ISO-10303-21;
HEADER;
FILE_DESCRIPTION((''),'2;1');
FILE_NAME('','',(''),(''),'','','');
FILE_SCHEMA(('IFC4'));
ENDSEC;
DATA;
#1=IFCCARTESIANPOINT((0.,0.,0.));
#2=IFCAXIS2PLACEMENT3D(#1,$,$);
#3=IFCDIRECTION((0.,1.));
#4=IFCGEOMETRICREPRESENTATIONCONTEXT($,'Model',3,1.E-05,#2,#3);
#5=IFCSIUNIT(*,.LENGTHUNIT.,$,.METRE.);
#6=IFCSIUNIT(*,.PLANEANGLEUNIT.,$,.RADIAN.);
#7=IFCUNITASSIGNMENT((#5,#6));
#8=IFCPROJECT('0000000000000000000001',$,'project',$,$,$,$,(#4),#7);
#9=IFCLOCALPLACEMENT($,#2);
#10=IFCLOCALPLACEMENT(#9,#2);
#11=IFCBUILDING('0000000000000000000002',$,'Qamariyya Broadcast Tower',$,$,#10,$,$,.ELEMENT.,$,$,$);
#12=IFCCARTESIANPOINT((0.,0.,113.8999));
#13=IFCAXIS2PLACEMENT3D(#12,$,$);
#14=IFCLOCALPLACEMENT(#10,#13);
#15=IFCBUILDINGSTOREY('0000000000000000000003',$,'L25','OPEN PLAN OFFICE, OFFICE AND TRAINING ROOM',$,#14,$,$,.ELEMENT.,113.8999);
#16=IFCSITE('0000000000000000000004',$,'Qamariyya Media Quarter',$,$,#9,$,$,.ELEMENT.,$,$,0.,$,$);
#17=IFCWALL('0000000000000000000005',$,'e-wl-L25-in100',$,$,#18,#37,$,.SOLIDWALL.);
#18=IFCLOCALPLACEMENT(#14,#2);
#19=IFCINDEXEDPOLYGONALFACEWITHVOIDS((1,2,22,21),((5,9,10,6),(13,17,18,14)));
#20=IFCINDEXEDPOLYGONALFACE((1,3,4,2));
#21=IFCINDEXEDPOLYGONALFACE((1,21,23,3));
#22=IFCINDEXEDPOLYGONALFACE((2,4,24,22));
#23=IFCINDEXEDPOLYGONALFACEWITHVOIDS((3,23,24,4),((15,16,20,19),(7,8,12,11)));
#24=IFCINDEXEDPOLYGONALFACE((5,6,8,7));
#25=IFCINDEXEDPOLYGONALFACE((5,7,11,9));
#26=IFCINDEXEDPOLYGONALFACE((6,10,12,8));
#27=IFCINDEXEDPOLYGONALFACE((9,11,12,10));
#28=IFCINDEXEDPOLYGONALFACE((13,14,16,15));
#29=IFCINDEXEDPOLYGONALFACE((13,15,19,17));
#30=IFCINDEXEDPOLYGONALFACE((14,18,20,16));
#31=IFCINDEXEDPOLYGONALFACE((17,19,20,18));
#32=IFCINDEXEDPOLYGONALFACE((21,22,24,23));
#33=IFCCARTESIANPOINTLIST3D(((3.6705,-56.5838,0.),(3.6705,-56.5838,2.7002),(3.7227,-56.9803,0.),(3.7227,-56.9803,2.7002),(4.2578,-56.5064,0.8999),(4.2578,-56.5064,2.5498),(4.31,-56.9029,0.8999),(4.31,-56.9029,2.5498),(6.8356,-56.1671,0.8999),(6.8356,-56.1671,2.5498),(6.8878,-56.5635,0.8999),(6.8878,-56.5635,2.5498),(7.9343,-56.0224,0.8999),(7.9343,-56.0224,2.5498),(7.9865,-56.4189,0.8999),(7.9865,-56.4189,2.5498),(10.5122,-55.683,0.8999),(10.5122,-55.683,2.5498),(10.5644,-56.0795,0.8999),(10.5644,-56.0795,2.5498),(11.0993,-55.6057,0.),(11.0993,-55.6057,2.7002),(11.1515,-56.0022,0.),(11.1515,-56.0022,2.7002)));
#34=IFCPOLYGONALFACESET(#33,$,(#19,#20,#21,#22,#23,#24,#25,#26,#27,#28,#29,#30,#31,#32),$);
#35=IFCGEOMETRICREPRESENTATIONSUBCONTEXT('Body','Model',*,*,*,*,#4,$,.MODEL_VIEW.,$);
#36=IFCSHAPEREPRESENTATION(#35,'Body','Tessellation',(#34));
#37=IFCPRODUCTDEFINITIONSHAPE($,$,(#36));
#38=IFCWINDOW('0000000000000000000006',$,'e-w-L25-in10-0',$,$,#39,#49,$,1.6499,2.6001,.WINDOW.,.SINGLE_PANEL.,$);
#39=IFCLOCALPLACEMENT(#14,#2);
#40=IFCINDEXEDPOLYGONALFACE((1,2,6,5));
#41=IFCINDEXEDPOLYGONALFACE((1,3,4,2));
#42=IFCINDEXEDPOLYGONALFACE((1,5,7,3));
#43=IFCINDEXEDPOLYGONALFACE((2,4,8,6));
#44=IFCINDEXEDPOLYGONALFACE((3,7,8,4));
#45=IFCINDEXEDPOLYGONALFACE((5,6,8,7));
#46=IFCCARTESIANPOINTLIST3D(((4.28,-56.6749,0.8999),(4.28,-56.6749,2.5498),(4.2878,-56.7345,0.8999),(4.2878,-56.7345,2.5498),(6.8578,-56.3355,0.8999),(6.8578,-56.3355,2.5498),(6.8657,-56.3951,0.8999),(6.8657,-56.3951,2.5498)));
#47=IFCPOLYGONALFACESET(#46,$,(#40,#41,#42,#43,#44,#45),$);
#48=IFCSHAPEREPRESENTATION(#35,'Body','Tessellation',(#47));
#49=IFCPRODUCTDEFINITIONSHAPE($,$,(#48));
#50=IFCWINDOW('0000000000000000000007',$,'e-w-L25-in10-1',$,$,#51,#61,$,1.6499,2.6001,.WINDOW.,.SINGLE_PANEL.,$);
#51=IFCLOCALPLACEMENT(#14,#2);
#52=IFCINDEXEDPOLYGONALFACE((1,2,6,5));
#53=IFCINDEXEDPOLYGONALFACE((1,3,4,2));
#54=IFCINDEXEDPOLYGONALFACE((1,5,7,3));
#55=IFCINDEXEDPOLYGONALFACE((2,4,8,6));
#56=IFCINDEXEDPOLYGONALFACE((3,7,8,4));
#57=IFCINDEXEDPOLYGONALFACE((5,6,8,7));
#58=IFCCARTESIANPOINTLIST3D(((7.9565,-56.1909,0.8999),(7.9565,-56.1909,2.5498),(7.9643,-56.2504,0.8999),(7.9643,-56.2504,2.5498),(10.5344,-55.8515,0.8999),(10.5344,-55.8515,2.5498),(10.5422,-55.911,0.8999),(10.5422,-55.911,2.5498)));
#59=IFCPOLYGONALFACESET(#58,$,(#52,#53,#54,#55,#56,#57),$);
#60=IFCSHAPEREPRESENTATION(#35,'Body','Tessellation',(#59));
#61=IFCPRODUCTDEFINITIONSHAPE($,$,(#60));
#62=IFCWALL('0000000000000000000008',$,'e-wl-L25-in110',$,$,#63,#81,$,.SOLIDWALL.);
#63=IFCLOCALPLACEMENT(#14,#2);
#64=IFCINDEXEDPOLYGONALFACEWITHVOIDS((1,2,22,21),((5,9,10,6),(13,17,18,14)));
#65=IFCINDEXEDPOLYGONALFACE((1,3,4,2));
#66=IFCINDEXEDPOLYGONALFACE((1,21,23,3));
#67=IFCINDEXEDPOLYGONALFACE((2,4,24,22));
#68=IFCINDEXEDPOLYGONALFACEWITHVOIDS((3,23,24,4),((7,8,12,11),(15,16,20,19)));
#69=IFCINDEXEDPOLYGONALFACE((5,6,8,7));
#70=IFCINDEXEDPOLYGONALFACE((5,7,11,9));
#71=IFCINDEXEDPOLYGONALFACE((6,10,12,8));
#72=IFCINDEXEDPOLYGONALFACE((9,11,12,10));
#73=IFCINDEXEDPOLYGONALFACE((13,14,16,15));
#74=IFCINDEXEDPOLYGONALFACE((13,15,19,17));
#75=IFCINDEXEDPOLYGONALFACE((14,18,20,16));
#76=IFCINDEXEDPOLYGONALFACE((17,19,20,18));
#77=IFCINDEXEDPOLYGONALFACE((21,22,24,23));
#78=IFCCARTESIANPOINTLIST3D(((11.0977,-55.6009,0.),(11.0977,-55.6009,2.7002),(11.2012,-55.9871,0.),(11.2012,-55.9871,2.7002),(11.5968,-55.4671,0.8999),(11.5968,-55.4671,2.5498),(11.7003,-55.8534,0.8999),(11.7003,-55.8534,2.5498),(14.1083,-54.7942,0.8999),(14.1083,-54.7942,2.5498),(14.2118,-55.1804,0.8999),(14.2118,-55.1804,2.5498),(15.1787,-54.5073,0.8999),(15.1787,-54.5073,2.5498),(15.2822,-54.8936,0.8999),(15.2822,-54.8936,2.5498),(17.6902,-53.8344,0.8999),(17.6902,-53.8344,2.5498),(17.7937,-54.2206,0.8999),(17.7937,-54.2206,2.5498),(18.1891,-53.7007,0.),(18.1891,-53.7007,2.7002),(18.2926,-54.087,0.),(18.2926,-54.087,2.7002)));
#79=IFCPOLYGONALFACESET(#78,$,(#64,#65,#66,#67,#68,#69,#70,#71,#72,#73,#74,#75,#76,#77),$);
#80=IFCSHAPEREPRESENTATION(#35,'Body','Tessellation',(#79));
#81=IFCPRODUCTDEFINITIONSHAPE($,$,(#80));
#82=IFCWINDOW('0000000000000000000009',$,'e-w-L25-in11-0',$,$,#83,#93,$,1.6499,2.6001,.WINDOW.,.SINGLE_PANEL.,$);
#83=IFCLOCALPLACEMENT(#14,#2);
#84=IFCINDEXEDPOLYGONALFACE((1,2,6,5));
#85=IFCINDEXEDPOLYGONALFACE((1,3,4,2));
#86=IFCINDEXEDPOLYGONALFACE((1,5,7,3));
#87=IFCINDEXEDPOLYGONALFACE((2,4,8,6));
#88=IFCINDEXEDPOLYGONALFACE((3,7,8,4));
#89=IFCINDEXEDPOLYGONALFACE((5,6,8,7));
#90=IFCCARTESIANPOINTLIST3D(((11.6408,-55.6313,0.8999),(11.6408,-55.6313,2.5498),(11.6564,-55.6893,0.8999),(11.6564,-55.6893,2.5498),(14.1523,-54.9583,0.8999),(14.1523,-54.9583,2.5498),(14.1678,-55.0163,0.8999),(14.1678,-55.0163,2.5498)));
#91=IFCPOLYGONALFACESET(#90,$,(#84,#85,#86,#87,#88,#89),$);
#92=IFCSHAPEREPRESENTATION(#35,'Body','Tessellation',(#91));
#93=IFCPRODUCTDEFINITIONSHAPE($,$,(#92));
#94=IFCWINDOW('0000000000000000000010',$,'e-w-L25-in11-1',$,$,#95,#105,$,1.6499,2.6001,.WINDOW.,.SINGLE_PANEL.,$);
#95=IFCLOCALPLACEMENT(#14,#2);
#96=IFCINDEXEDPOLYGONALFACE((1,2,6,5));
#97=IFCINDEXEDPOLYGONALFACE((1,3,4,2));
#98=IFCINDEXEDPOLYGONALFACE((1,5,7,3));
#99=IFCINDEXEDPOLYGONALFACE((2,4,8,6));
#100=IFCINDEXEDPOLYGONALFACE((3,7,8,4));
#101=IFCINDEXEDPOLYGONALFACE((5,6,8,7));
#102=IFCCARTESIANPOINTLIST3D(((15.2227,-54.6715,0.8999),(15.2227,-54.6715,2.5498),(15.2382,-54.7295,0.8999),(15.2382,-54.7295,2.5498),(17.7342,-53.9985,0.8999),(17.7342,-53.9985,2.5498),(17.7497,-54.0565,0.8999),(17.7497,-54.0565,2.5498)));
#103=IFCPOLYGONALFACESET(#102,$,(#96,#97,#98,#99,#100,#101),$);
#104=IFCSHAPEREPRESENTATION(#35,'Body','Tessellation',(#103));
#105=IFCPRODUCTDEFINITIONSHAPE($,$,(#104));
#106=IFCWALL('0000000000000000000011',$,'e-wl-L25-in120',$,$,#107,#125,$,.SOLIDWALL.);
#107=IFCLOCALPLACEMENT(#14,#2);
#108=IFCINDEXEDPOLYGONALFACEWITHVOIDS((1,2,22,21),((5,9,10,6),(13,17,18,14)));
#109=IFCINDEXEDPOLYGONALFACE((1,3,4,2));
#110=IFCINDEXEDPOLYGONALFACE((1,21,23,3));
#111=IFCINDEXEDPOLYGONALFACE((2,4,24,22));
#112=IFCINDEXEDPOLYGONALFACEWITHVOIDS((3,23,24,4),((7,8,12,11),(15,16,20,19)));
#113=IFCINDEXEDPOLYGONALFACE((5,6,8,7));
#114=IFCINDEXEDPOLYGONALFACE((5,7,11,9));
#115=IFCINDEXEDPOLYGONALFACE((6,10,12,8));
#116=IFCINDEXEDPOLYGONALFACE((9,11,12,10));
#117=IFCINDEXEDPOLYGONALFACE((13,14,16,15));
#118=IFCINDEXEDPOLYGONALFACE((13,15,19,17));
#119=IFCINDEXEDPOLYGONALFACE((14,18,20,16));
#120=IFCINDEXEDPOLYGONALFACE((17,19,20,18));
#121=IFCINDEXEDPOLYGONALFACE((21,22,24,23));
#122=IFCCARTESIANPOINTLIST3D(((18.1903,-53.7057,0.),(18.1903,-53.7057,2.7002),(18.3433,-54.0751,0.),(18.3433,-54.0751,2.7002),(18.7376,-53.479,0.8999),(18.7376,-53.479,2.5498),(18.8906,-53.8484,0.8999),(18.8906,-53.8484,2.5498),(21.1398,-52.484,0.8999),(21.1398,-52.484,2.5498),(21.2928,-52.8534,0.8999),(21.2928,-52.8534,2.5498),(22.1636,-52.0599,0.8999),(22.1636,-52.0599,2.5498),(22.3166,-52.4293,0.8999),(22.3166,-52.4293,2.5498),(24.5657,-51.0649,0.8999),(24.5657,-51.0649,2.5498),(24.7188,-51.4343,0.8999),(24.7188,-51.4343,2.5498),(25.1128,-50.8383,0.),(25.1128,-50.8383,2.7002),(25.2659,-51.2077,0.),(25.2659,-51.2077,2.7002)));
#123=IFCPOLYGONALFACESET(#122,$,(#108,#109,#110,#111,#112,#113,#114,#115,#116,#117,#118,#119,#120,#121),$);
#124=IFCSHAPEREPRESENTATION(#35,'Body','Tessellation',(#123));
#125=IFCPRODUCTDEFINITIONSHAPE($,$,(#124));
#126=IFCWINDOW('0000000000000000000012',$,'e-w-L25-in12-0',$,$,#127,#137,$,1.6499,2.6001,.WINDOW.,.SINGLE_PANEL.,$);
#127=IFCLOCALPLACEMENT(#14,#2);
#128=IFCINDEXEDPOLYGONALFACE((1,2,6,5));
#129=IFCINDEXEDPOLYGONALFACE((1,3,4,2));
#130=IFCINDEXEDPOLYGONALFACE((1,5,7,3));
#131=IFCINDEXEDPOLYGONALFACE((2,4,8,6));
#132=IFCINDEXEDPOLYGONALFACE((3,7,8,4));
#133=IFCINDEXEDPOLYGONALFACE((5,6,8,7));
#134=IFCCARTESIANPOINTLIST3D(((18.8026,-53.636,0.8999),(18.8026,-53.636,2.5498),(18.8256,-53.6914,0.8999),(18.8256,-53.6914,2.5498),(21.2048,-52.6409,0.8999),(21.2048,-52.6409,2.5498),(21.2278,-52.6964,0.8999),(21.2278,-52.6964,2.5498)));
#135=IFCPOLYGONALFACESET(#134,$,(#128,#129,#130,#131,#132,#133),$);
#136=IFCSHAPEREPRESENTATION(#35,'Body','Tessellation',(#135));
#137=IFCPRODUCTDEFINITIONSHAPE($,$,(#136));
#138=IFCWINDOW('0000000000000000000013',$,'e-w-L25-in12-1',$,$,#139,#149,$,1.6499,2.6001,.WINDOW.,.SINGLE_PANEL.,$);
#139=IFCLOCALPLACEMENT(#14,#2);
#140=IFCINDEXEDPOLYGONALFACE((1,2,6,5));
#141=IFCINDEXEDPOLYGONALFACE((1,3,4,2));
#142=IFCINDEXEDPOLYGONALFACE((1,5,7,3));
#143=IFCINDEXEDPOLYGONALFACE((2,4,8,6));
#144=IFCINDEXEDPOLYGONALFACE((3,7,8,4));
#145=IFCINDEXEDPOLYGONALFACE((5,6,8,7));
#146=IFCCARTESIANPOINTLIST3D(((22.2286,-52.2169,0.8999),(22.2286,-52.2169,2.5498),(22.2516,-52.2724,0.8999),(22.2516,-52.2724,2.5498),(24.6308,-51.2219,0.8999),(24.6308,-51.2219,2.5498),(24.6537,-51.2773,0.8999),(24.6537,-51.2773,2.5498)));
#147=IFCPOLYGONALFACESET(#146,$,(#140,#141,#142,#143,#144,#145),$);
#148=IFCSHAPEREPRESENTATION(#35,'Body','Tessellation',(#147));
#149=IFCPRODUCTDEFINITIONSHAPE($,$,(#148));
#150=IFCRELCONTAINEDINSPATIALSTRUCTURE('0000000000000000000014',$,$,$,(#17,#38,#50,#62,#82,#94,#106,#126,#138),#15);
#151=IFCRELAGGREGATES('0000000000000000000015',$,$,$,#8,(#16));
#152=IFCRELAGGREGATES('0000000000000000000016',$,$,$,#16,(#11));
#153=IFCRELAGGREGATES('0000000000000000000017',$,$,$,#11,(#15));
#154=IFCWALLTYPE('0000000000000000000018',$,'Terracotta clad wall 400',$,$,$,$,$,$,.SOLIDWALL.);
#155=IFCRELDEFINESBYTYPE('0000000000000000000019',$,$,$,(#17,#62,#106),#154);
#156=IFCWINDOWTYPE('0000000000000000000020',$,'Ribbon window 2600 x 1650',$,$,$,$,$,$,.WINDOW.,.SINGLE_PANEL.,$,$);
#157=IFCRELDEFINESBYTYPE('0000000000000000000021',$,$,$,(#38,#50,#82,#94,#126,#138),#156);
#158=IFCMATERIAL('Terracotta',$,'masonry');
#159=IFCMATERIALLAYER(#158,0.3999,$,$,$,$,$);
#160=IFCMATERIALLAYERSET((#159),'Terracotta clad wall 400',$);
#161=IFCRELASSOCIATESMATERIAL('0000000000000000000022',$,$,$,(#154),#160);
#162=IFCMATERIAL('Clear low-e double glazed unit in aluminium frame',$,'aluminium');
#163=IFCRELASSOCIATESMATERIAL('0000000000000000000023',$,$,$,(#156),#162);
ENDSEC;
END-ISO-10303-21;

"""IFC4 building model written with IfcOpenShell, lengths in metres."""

from ifc_helpers import new_model, si_unit, direction, frame, frame_2d, origin, place, context, subcontext, project, spatial, rectangle, extrude, material, layer, layer_set, type_object, element, fill, save


model = new_model("IFC4")

# Units and contexts
model_context = context("Model", 3, precision=1e-05, world=origin(), true_north=direction((0.0, 1.0)))
body_context = subcontext(model_context, "Body", "Model", "MODEL_VIEW")
ifc_project = project(units=[si_unit("LENGTHUNIT", "METRE"), si_unit("PLANEANGLEUNIT", "RADIAN")], contexts=[model_context])

# Site, building, storey
site_placement = place(None, origin())
site = spatial("IfcSite", under=ifc_project, at=site_placement, Name="Qamariyya Media Quarter", CompositionType="ELEMENT", RefElevation=0.0)
building_placement = place(site_placement, origin())
building = spatial("IfcBuilding", under=site, at=building_placement, Name="Qamariyya Broadcast Tower", CompositionType="ELEMENT")
storey_placement = place(building_placement, frame((0.0, 0.0, 113.8999)))
storey = spatial("IfcBuildingStorey", under=building, at=storey_placement, Name="L25", Description="OPEN PLAN OFFICE, OFFICE AND TRAINING ROOM", CompositionType="ELEMENT", Elevation=113.8999)

# Walls, openings, windows
ifc_material_1 = material(Name="Terracotta", Category="masonry")
ifc_layer_1 = layer(ifc_material_1, 0.3999)
ifc_layer_set_1 = layer_set([ifc_layer_1], Name="Terracotta clad wall 400")
wall_type_1 = type_object("IfcWallType", Name="Terracotta clad wall 400", PredefinedType="SOLIDWALL", material=ifc_layer_set_1)
wall_1_placement = place(storey_placement, frame((11.1255, -55.804, 0.0), z_axis=(0.0, 0.0, 1.0), x_axis=(-0.991445, -0.130529, 0.0)))
wall_1 = element("IfcWall", 1, at=wall_1_placement, inside=storey, type_object=wall_type_1, Name="e-wl-L25-in100", PredefinedType="SOLIDWALL", context=body_context, shape_type="SweptSolid", body=[
    extrude(rectangle(XDim=7.4929, YDim=0.3999, at=frame_2d((3.7466, 0.0))), origin(), (0.0, 0.0, 1.0), 2.7002),
])
opening_1_placement = place(wall_1_placement, frame((4.3005, 0.0, 0.8999)))
opening_1 = element("IfcOpeningElement", 2, at=opening_1_placement, cuts=wall_1, PredefinedType="OPENING", context=body_context, shape_type="SweptSolid", body=[
    extrude(rectangle(XDim=2.6001, YDim=1.6499, at=frame_2d((1.3, 0.825))), frame((0.0, 0.21, 0.0), z_axis=(0.0, -1.0, 0.0), x_axis=(1.0, 0.0, 0.0)), (0.0, 0.0, 1.0), 0.4199),
])
opening_2_placement = place(wall_1_placement, frame((0.5923, 0.0, 0.8999)))
opening_2 = element("IfcOpeningElement", 3, at=opening_2_placement, cuts=wall_1, PredefinedType="OPENING", context=body_context, shape_type="SweptSolid", body=[
    extrude(rectangle(XDim=2.6001, YDim=1.6499, at=frame_2d((1.3, 0.825))), frame((0.0, 0.21, 0.0), z_axis=(0.0, -1.0, 0.0), x_axis=(1.0, 0.0, 0.0)), (0.0, 0.0, 1.0), 0.4199),
])
ifc_material_2 = material(Name="Clear low-e double glazed unit in aluminium frame", Category="aluminium")
window_type = type_object("IfcWindowType", Name="Ribbon window 2600 x 1650", PartitioningType="SINGLE_PANEL", PredefinedType="WINDOW", material=ifc_material_2)
window_1_placement = place(opening_1_placement, origin())
window_1 = element("IfcWindow", 4, at=window_1_placement, inside=storey, type_object=window_type, Name="e-w-L25-in10-0", OverallHeight=1.6499, OverallWidth=2.6001, PartitioningType="SINGLE_PANEL", PredefinedType="WINDOW", context=body_context, shape_type="SweptSolid", body=[
    extrude(rectangle(XDim=2.6001, YDim=1.6499, at=frame_2d((1.3, 0.825))), frame((0.0, 0.03, 0.0), z_axis=(0.0, -1.0, 0.0), x_axis=(1.0, 0.0, 0.0)), (0.0, 0.0, 1.0), 0.0601),
])
fill(opening_1, window_1)
window_2_placement = place(opening_2_placement, origin())
window_2 = element("IfcWindow", 5, at=window_2_placement, inside=storey, type_object=window_type, Name="e-w-L25-in10-1", OverallHeight=1.6499, OverallWidth=2.6001, PartitioningType="SINGLE_PANEL", PredefinedType="WINDOW", context=body_context, shape_type="SweptSolid", body=[
    extrude(rectangle(XDim=2.6001, YDim=1.6499, at=frame_2d((1.3, 0.825))), frame((0.0, 0.03, 0.0), z_axis=(0.0, -1.0, 0.0), x_axis=(1.0, 0.0, 0.0)), (0.0, 0.0, 1.0), 0.0601),
])
fill(opening_2, window_2)
wall_2_placement = place(storey_placement, frame((18.241, -53.8938, 0.0), z_axis=(0.0, 0.0, 1.0), x_axis=(-0.965925, -0.258824, 0.0)))
wall_2 = element("IfcWall", 6, at=wall_2_placement, inside=storey, type_object=wall_type_1, Name="e-wl-L25-in110", PredefinedType="SOLIDWALL", context=body_context, shape_type="SweptSolid", body=[
    extrude(rectangle(XDim=7.3416, YDim=0.3999, at=frame_2d((3.6709, 0.0))), origin(), (0.0, 0.0, 1.0), 2.7002),
])
opening_3_placement = place(wall_2_placement, frame((4.2249, 0.0, 0.8999)))
opening_3 = element("IfcOpeningElement", 7, at=opening_3_placement, cuts=wall_2, PredefinedType="OPENING", context=body_context, shape_type="SweptSolid", body=[
    extrude(rectangle(XDim=2.6001, YDim=1.6499, at=frame_2d((1.3, 0.825))), frame((0.0, 0.21, 0.0), z_axis=(0.0, -1.0, 0.0), x_axis=(1.0, 0.0, 0.0)), (0.0, 0.0, 1.0), 0.4199),
])
opening_4_placement = place(wall_2_placement, frame((0.5166, 0.0, 0.8999)))
opening_4 = element("IfcOpeningElement", 8, at=opening_4_placement, cuts=wall_2, PredefinedType="OPENING", context=body_context, shape_type="SweptSolid", body=[
    extrude(rectangle(XDim=2.6001, YDim=1.6499, at=frame_2d((1.3, 0.825))), frame((0.0, 0.21, 0.0), z_axis=(0.0, -1.0, 0.0), x_axis=(1.0, 0.0, 0.0)), (0.0, 0.0, 1.0), 0.4199),
])
window_3_placement = place(opening_3_placement, origin())
window_3 = element("IfcWindow", 9, at=window_3_placement, inside=storey, type_object=window_type, Name="e-w-L25-in11-0", OverallHeight=1.6499, OverallWidth=2.6001, PartitioningType="SINGLE_PANEL", PredefinedType="WINDOW", context=body_context, shape_type="SweptSolid", body=[
    extrude(rectangle(XDim=2.6001, YDim=1.6499, at=frame_2d((1.3, 0.825))), frame((0.0, 0.03, 0.0), z_axis=(0.0, -1.0, 0.0), x_axis=(1.0, 0.0, 0.0)), (0.0, 0.0, 1.0), 0.0601),
])
fill(opening_3, window_3)
window_4_placement = place(opening_4_placement, origin())
window_4 = element("IfcWindow", 10, at=window_4_placement, inside=storey, type_object=window_type, Name="e-w-L25-in11-1", OverallHeight=1.6499, OverallWidth=2.6001, PartitioningType="SINGLE_PANEL", PredefinedType="WINDOW", context=body_context, shape_type="SweptSolid", body=[
    extrude(rectangle(XDim=2.6001, YDim=1.6499, at=frame_2d((1.3, 0.825))), frame((0.0, 0.03, 0.0), z_axis=(0.0, -1.0, 0.0), x_axis=(1.0, 0.0, 0.0)), (0.0, 0.0, 1.0), 0.0601),
])
fill(opening_4, window_4)
wall_3_placement = place(storey_placement, frame((25.1895, -51.0229, 0.0), z_axis=(0.0, 0.0, 1.0), x_axis=(-0.92388, -0.382683, 0.0)))
wall_3 = element("IfcWall", 11, at=wall_3_placement, inside=storey, type_object=wall_type_1, Name="e-wl-L25-in120", PredefinedType="SOLIDWALL", context=body_context, shape_type="SweptSolid", body=[
    extrude(rectangle(XDim=7.4929, YDim=0.3999, at=frame_2d((3.7466, 0.0))), origin(), (0.0, 0.0, 1.0), 2.7002),
])
opening_5_placement = place(wall_3_placement, frame((4.3005, 0.0, 0.8999)))
opening_5 = element("IfcOpeningElement", 12, at=opening_5_placement, cuts=wall_3, PredefinedType="OPENING", context=body_context, shape_type="SweptSolid", body=[
    extrude(rectangle(XDim=2.6001, YDim=1.6499, at=frame_2d((1.3, 0.825))), frame((0.0, 0.21, 0.0), z_axis=(0.0, -1.0, 0.0), x_axis=(1.0, 0.0, 0.0)), (0.0, 0.0, 1.0), 0.4199),
])
opening_6_placement = place(wall_3_placement, frame((0.5923, 0.0, 0.8999)))
opening_6 = element("IfcOpeningElement", 13, at=opening_6_placement, cuts=wall_3, PredefinedType="OPENING", context=body_context, shape_type="SweptSolid", body=[
    extrude(rectangle(XDim=2.6001, YDim=1.6499, at=frame_2d((1.3, 0.825))), frame((0.0, 0.21, 0.0), z_axis=(0.0, -1.0, 0.0), x_axis=(1.0, 0.0, 0.0)), (0.0, 0.0, 1.0), 0.4199),
])
window_5_placement = place(opening_5_placement, origin())
window_5 = element("IfcWindow", 14, at=window_5_placement, inside=storey, type_object=window_type, Name="e-w-L25-in12-0", OverallHeight=1.6499, OverallWidth=2.6001, PartitioningType="SINGLE_PANEL", PredefinedType="WINDOW", context=body_context, shape_type="SweptSolid", body=[
    extrude(rectangle(XDim=2.6001, YDim=1.6499, at=frame_2d((1.3, 0.825))), frame((0.0, 0.03, 0.0), z_axis=(0.0, -1.0, 0.0), x_axis=(1.0, 0.0, 0.0)), (0.0, 0.0, 1.0), 0.0601),
])
fill(opening_5, window_5)
window_6_placement = place(opening_6_placement, origin())
window_6 = element("IfcWindow", 15, at=window_6_placement, inside=storey, type_object=window_type, Name="e-w-L25-in12-1", OverallHeight=1.6499, OverallWidth=2.6001, PartitioningType="SINGLE_PANEL", PredefinedType="WINDOW", context=body_context, shape_type="SweptSolid", body=[
    extrude(rectangle(XDim=2.6001, YDim=1.6499, at=frame_2d((1.3, 0.825))), frame((0.0, 0.03, 0.0), z_axis=(0.0, -1.0, 0.0), x_axis=(1.0, 0.0, 0.0)), (0.0, 0.0, 1.0), 0.0601),
])
fill(opening_6, window_6)

save(model, "model.ifc")
